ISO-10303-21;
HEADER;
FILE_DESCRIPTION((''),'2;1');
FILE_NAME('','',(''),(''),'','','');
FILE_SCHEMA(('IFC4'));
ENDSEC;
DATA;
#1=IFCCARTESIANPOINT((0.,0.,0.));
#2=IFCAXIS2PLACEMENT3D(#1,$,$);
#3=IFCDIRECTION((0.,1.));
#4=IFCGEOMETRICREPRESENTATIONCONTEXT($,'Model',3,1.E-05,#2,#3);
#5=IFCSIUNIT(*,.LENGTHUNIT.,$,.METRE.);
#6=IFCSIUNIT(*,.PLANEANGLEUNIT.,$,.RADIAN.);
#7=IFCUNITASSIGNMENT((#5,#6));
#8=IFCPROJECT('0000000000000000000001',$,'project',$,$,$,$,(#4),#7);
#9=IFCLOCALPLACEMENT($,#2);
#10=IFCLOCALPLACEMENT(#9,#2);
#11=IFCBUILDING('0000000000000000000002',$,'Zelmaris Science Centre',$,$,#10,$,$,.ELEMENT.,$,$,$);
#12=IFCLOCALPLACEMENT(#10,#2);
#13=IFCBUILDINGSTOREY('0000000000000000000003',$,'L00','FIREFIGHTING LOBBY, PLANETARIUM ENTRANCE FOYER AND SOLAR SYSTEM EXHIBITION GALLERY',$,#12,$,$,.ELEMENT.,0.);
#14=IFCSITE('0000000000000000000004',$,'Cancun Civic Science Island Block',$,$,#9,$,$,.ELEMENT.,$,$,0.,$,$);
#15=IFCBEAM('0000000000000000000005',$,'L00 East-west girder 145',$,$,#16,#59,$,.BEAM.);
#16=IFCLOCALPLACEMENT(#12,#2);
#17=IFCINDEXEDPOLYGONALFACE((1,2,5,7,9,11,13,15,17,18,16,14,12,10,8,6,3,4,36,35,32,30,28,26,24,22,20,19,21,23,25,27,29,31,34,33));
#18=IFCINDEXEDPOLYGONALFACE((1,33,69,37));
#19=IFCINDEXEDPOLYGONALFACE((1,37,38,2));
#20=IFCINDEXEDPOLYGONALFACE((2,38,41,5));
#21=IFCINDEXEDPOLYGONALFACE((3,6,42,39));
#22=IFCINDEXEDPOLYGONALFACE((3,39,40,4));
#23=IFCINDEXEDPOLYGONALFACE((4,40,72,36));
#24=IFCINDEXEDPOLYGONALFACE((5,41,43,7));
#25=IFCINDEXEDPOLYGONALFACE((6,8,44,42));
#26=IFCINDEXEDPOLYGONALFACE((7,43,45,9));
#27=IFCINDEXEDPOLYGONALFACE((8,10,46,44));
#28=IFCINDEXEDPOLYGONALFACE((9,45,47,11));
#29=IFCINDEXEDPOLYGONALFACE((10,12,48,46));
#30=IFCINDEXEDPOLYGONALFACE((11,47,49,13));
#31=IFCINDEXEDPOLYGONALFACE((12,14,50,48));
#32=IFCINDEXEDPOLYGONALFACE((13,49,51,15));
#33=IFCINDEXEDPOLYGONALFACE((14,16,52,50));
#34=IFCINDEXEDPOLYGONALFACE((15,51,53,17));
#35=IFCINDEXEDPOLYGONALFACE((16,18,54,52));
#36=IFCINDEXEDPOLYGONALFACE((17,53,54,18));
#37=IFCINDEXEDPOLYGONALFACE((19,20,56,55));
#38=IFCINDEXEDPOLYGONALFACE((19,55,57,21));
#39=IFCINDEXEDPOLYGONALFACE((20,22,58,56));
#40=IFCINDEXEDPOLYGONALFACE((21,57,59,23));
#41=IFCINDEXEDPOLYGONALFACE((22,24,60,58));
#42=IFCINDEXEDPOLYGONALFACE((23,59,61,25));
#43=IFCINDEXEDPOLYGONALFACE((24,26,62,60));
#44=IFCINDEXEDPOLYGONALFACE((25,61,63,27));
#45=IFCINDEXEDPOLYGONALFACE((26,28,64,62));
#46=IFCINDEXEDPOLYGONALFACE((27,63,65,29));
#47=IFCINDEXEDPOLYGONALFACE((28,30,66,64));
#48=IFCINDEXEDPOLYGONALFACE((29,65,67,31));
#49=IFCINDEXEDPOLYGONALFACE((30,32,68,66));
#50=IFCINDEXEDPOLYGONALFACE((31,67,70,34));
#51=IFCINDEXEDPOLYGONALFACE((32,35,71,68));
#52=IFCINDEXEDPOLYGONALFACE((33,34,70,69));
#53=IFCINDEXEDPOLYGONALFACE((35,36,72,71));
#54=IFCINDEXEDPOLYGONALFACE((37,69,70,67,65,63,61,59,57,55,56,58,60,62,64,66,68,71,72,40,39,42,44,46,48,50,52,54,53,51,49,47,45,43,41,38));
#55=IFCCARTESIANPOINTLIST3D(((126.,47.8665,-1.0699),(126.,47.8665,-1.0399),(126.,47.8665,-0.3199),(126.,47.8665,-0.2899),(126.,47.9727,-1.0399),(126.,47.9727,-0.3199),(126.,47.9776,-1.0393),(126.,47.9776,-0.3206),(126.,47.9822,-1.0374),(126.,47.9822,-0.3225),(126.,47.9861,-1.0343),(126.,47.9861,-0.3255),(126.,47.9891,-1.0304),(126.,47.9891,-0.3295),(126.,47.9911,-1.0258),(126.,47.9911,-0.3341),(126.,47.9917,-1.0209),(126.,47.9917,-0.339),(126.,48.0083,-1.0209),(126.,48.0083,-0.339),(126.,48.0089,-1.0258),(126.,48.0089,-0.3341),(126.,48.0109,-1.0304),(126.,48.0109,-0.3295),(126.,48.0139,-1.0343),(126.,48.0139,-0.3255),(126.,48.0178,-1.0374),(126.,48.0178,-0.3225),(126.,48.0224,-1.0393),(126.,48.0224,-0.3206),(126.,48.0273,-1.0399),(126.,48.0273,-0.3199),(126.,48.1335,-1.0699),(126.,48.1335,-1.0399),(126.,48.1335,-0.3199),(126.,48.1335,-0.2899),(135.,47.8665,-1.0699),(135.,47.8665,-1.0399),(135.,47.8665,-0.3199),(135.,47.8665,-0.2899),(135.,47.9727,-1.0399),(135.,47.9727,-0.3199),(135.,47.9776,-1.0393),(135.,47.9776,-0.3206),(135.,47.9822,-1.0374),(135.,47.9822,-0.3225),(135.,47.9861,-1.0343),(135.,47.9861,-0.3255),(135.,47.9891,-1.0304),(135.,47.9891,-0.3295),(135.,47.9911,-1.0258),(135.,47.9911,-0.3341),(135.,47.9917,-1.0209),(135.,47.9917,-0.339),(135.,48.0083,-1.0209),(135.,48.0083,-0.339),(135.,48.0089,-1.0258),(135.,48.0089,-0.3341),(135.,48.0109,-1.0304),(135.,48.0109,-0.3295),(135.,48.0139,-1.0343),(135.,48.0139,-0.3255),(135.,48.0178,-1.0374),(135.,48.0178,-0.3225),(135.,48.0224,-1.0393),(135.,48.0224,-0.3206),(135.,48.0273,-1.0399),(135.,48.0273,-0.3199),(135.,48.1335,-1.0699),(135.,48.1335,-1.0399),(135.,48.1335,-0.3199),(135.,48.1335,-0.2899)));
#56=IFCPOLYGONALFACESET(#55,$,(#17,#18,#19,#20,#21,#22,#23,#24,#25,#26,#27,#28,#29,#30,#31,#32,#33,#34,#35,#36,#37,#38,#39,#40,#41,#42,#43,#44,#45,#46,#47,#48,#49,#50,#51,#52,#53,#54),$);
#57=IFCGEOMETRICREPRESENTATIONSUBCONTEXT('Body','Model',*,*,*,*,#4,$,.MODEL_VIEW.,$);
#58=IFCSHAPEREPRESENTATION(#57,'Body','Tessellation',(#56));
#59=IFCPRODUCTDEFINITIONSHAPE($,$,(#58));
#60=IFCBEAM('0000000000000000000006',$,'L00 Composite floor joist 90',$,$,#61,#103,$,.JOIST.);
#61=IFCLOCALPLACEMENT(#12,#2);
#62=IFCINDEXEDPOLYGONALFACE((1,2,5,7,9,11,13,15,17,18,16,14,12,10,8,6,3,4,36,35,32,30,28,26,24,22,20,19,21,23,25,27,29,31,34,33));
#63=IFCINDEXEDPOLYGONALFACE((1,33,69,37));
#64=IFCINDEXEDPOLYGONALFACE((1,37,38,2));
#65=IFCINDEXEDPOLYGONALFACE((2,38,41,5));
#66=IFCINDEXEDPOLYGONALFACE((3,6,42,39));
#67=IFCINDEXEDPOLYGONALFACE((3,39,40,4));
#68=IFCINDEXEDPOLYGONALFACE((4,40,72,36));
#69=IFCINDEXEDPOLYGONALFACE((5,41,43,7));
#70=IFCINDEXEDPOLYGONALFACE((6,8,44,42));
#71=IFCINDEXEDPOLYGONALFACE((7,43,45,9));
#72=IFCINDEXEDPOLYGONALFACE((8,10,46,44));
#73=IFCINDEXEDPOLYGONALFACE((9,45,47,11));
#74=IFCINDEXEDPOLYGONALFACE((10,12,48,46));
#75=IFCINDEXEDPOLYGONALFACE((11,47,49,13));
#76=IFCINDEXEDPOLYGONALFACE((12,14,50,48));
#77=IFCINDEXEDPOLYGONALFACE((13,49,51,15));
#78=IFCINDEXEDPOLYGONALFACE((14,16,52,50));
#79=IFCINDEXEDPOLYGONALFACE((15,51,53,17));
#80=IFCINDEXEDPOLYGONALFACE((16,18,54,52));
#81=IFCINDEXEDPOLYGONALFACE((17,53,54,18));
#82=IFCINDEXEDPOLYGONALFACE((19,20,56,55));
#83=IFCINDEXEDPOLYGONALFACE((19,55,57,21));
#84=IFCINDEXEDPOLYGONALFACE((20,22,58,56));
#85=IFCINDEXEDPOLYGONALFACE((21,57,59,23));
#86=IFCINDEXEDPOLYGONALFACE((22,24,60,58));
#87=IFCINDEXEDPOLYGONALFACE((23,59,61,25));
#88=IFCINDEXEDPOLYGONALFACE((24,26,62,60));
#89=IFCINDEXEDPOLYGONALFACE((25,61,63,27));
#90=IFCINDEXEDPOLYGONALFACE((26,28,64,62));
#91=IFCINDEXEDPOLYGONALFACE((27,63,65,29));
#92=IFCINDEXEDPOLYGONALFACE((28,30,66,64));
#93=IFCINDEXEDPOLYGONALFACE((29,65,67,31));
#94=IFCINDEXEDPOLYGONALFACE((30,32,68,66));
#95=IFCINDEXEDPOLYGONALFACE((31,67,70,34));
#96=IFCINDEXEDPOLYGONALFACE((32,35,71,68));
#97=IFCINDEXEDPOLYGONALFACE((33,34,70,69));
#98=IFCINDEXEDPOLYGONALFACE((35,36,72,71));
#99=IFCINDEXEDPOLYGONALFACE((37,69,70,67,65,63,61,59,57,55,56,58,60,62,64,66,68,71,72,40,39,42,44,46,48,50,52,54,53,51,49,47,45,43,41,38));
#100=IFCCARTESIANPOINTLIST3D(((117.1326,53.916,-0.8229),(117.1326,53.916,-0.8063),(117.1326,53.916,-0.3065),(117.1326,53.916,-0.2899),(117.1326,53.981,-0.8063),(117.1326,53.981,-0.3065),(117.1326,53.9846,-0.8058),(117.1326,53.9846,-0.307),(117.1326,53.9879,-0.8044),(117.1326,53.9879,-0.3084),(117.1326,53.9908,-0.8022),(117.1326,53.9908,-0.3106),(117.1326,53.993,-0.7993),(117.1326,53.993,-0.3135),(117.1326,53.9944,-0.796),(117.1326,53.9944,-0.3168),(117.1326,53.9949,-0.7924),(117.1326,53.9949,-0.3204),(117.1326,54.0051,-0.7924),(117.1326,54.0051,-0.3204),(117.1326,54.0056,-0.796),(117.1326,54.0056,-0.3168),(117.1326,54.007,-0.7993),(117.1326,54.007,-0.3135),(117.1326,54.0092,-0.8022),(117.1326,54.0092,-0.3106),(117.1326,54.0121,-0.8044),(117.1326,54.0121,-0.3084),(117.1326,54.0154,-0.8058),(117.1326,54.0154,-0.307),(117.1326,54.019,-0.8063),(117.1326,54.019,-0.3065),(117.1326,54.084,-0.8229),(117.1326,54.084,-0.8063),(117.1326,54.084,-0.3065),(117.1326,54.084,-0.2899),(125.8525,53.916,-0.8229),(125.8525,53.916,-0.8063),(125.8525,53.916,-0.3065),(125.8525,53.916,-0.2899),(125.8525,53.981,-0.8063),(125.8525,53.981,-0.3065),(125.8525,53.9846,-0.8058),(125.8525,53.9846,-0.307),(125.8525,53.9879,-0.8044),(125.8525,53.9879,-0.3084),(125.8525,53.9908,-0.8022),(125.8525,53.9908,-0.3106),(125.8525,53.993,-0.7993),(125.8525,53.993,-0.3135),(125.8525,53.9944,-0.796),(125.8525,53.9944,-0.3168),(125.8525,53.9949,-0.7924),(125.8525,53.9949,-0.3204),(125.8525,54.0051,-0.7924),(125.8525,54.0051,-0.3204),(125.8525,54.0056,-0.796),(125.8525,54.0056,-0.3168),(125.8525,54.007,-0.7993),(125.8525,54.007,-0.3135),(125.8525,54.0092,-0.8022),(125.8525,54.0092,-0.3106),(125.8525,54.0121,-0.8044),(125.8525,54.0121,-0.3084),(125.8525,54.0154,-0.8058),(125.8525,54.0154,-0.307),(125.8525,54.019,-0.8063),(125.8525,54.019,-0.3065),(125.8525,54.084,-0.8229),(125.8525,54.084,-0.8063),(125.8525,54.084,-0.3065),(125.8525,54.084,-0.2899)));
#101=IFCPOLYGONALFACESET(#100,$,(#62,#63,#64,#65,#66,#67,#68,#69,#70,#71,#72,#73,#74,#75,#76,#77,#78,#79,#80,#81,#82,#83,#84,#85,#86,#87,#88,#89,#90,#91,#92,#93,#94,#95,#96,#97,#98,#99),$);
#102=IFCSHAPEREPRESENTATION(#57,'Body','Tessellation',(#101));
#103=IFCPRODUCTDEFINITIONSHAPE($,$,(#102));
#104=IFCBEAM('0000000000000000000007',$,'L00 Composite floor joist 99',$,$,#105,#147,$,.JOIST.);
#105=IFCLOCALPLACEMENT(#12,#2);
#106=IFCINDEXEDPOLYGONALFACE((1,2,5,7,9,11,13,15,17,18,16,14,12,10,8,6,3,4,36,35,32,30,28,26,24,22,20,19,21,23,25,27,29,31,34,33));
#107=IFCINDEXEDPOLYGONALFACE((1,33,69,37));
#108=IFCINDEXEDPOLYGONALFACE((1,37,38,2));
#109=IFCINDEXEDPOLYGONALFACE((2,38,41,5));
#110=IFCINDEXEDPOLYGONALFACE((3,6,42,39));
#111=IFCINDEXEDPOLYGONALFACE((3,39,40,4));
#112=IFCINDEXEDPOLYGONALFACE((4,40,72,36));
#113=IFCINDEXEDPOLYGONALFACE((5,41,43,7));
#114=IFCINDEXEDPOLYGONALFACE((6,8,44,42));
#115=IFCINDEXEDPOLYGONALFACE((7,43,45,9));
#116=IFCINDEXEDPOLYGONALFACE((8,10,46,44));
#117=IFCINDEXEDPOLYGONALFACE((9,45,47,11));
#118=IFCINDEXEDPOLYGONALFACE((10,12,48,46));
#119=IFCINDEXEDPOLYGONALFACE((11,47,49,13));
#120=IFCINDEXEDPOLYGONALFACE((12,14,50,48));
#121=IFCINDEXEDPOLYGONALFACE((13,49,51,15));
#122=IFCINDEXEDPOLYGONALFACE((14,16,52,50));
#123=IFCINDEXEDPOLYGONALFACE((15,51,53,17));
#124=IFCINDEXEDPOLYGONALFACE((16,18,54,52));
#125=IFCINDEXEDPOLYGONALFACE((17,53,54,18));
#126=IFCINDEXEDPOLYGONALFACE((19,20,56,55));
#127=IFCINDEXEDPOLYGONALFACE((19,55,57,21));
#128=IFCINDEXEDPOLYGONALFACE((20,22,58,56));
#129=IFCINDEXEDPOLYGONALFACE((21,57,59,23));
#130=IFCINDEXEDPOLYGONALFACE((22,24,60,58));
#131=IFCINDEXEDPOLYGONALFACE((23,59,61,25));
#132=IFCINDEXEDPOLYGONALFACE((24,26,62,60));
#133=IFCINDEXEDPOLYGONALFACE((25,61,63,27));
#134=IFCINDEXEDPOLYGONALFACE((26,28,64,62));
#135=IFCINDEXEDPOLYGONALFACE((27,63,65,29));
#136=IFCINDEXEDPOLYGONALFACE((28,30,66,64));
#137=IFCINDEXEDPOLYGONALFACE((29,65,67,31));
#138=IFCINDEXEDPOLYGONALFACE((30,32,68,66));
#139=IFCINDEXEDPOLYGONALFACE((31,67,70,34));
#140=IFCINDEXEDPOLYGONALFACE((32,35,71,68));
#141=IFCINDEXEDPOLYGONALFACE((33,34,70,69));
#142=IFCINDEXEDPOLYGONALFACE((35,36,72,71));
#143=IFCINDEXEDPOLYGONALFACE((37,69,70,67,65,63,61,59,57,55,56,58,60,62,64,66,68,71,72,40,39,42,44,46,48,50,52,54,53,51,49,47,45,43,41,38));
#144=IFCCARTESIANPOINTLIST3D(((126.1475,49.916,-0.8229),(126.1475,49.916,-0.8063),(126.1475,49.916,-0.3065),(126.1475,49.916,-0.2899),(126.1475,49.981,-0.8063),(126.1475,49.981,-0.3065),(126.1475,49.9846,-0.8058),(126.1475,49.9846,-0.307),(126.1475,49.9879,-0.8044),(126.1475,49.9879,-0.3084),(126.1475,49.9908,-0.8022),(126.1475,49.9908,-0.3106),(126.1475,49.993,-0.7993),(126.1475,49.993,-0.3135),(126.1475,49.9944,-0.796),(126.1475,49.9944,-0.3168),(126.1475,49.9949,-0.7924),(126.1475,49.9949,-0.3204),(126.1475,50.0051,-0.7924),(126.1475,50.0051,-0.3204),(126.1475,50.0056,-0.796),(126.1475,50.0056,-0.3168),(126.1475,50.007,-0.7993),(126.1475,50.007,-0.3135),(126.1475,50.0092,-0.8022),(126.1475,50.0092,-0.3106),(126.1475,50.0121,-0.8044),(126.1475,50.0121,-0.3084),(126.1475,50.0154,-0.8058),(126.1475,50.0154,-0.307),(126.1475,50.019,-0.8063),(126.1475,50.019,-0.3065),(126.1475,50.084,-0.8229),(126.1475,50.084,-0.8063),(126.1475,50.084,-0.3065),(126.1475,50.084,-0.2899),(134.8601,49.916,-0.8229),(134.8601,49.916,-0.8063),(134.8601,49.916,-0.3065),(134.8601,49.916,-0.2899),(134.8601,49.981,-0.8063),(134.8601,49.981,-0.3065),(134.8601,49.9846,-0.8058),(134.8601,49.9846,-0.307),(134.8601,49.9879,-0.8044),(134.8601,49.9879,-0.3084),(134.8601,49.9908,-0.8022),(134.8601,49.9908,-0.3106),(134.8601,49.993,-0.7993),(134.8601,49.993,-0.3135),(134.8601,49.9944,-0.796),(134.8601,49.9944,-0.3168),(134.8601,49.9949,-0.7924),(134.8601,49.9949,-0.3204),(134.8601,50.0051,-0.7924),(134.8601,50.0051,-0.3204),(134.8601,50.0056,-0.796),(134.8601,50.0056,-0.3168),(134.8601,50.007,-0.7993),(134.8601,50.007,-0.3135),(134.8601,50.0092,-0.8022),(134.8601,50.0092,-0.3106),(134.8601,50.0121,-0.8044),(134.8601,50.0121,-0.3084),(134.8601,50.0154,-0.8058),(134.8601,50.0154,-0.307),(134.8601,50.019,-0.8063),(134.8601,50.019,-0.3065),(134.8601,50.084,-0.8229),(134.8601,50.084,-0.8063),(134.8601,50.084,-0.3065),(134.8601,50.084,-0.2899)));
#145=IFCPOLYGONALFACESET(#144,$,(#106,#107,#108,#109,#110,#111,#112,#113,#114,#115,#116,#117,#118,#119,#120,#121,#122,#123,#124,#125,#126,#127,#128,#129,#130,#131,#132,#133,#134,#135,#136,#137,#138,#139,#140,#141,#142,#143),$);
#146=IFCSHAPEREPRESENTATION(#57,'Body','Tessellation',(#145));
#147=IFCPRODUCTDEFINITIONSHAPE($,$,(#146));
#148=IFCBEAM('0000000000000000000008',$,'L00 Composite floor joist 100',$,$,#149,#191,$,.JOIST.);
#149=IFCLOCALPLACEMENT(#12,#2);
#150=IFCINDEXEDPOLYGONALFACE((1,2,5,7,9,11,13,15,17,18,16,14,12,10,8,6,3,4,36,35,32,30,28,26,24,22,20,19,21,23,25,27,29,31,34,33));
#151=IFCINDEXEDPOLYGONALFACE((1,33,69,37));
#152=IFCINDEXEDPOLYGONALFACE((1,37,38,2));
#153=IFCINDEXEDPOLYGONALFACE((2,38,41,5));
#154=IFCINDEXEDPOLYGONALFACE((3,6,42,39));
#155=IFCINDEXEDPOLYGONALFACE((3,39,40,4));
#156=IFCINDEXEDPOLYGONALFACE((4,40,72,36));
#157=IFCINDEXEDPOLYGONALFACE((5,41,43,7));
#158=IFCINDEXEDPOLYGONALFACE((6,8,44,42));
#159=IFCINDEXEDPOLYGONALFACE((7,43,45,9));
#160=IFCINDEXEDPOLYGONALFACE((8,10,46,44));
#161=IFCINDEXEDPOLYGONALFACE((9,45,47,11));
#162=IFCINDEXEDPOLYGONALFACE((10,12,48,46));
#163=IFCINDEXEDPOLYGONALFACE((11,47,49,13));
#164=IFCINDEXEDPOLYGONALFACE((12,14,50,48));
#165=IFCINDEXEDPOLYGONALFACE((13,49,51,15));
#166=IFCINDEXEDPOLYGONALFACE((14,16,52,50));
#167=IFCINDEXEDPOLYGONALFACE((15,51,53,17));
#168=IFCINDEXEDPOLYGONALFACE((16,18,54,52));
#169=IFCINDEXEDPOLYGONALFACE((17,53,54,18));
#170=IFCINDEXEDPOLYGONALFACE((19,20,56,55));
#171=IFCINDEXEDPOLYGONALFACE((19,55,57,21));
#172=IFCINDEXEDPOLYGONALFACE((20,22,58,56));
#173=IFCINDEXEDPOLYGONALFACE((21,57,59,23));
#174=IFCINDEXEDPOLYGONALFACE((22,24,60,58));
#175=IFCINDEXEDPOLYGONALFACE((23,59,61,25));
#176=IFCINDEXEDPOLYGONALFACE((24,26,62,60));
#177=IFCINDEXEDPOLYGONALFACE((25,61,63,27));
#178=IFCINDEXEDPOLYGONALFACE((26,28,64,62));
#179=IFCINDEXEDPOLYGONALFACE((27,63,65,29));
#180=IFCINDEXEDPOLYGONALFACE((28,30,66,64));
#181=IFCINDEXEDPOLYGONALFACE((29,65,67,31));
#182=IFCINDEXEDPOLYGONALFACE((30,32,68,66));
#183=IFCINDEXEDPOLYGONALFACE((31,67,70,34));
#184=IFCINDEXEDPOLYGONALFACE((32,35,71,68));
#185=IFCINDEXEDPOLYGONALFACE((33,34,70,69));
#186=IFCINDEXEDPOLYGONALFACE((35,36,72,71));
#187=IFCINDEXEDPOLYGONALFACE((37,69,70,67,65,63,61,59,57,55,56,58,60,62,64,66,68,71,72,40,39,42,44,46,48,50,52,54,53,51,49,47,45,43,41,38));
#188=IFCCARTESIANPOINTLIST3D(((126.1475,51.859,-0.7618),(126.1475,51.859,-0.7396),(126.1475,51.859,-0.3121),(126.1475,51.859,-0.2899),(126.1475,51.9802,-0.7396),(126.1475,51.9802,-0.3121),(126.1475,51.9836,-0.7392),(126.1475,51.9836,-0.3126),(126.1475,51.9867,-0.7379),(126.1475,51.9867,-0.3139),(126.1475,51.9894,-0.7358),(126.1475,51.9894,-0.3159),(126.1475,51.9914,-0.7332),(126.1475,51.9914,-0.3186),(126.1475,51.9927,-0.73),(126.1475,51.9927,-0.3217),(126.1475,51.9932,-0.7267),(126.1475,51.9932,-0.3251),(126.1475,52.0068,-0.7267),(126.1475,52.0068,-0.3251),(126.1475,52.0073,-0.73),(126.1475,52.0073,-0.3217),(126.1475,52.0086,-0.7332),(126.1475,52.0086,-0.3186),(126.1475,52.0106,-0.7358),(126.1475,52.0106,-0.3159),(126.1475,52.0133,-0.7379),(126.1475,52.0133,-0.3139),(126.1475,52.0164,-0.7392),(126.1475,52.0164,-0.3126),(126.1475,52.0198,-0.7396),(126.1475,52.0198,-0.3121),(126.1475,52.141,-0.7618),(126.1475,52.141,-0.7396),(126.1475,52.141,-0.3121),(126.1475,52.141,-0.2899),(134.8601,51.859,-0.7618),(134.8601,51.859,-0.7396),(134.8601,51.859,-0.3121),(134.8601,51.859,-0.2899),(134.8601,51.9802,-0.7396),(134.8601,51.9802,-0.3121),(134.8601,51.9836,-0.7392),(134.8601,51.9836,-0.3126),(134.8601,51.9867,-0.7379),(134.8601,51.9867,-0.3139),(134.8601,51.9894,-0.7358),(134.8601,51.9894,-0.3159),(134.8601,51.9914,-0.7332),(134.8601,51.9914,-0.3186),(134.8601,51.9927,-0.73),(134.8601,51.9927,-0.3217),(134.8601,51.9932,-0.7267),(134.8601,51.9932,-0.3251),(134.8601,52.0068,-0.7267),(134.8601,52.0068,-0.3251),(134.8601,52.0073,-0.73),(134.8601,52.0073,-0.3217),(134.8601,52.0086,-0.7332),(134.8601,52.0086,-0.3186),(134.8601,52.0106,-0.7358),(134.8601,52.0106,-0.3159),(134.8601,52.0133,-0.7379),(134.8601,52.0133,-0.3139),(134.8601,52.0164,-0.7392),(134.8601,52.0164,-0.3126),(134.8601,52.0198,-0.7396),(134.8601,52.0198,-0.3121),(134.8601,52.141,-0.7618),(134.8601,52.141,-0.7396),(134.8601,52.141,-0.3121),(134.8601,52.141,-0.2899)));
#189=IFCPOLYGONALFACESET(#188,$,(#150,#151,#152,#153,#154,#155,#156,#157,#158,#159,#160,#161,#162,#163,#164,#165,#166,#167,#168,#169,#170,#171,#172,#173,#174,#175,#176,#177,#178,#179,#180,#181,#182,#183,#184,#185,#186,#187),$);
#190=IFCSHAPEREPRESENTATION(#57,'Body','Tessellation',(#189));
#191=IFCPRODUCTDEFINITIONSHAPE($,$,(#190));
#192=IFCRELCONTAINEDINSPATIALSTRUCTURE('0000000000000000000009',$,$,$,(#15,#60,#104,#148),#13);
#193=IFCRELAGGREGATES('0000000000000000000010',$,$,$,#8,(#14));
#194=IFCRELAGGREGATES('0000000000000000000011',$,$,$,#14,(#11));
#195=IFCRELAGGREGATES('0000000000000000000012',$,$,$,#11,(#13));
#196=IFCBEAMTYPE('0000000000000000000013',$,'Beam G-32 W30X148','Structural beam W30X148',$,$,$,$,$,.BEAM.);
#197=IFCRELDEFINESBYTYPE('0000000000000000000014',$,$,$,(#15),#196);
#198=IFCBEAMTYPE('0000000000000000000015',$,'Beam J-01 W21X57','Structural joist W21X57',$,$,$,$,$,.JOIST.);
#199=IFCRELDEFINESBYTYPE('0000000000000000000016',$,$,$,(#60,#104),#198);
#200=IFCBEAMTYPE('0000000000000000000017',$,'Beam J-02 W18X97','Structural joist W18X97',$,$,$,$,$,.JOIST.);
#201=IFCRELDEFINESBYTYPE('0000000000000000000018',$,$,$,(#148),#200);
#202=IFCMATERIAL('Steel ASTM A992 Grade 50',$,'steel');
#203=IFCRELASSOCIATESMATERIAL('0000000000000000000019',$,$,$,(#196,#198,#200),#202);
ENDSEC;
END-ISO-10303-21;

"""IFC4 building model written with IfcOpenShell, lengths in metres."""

from ifc_helpers import new_model, si_unit, direction, frame, origin, origin_2d, place, context, subcontext, project, spatial, i_section, extrude, material, material_profile, profile_set, type_object, element, save


model = new_model("IFC4")

# Units and contexts
model_context = context("Model", 3, precision=1e-05, world=origin(), true_north=direction((0.0, 1.0)))
body_context = subcontext(model_context, "Body", "Model", "MODEL_VIEW")
ifc_project = project(units=[si_unit("LENGTHUNIT", "METRE"), si_unit("PLANEANGLEUNIT", "RADIAN")], contexts=[model_context])

# Site, building, storey
site_placement = place(None, origin())
site = spatial("IfcSite", under=ifc_project, at=site_placement, Name="Cancun Civic Science Island Block", CompositionType="ELEMENT", RefElevation=0.0)
building_placement = place(site_placement, origin())
building = spatial("IfcBuilding", under=site, at=building_placement, Name="Zelmaris Science Centre", CompositionType="ELEMENT")
storey_placement = place(building_placement, origin())
storey = spatial("IfcBuildingStorey", under=building, at=storey_placement, Name="L00", Description="FIREFIGHTING LOBBY, PLANETARIUM ENTRANCE FOYER AND SOLAR SYSTEM EXHIBITION GALLERY", CompositionType="ELEMENT", Elevation=0.0)

# Shared definitions
ifc_material_1 = material(Name="Steel ASTM A992 Grade 50", Category="steel")

# Beams
ifc_material_profile_1 = material_profile(ifc_material_1, i_section(OverallWidth=0.2671, OverallDepth=0.78, WebThickness=0.0166, FlangeThickness=0.03, FilletRadius=0.019, at=origin_2d()), Name="W30X148")
ifc_profile_set_1 = profile_set([ifc_material_profile_1], Name="Steel ASTM A992 Grade 50")
beam_type_1 = type_object("IfcBeamType", Name="Beam G-32 W30X148", Description="Structural beam W30X148", PredefinedType="BEAM", material=ifc_profile_set_1)
beam_1_placement = place(storey_placement, frame((126.0, 48.0, -0.6799), z_axis=(1.0, 0.0, 0.0), x_axis=(0.0, 1.0, 0.0)))
element("IfcBeam", 1, at=beam_1_placement, inside=storey, type_object=beam_type_1, Name="L00 East-west girder 145", PredefinedType="BEAM", context=body_context, shape_type="SweptSolid", body=[
    extrude(i_section(OverallWidth=0.2671, OverallDepth=0.78, WebThickness=0.0166, FlangeThickness=0.03, FilletRadius=0.019, at=origin_2d()), origin(), (0.0, 0.0, 1.0), 9.0),
])
ifc_material_profile_2 = material_profile(ifc_material_1, i_section(OverallWidth=0.168, OverallDepth=0.533, WebThickness=0.0103, FlangeThickness=0.0166, FilletRadius=0.0139, at=origin_2d()), Name="W21X57")
ifc_profile_set_2 = profile_set([ifc_material_profile_2], Name="Steel ASTM A992 Grade 50")
beam_type_2 = type_object("IfcBeamType", Name="Beam J-01 W21X57", Description="Structural joist W21X57", PredefinedType="JOIST", material=ifc_profile_set_2)
beam_2_placement = place(storey_placement, frame((117.1326, 54.0, -0.5564), z_axis=(1.0, 0.0, 0.0), x_axis=(0.0, 1.0, 0.0)))
element("IfcBeam", 2, at=beam_2_placement, inside=storey, type_object=beam_type_2, Name="L00 Composite floor joist 90", PredefinedType="JOIST", context=body_context, shape_type="SweptSolid", body=[
    extrude(i_section(OverallWidth=0.168, OverallDepth=0.533, WebThickness=0.0103, FlangeThickness=0.0166, FilletRadius=0.0139, at=origin_2d()), origin(), (0.0, 0.0, 1.0), 8.72),
])
beam_3_placement = place(storey_placement, frame((126.1475, 50.0, -0.5564), z_axis=(1.0, 0.0, 0.0), x_axis=(0.0, 1.0, 0.0)))
element("IfcBeam", 3, at=beam_3_placement, inside=storey, type_object=beam_type_2, Name="L00 Composite floor joist 99", PredefinedType="JOIST", context=body_context, shape_type="SweptSolid", body=[
    extrude(i_section(OverallWidth=0.168, OverallDepth=0.533, WebThickness=0.0103, FlangeThickness=0.0166, FilletRadius=0.0139, at=origin_2d()), origin(), (0.0, 0.0, 1.0), 8.7126),
])
ifc_material_profile_3 = material_profile(ifc_material_1, i_section(OverallWidth=0.282, OverallDepth=0.4719, WebThickness=0.0137, FlangeThickness=0.0222, FilletRadius=0.0129, at=origin_2d()), Name="W18X97")
ifc_profile_set_3 = profile_set([ifc_material_profile_3], Name="Steel ASTM A992 Grade 50")
beam_type_3 = type_object("IfcBeamType", Name="Beam J-02 W18X97", Description="Structural joist W18X97", PredefinedType="JOIST", material=ifc_profile_set_3)
beam_4_placement = place(storey_placement, frame((126.1475, 52.0, -0.5259), z_axis=(1.0, 0.0, 0.0), x_axis=(0.0, 1.0, 0.0)))
element("IfcBeam", 4, at=beam_4_placement, inside=storey, type_object=beam_type_3, Name="L00 Composite floor joist 100", PredefinedType="JOIST", context=body_context, shape_type="SweptSolid", body=[
    extrude(i_section(OverallWidth=0.282, OverallDepth=0.4719, WebThickness=0.0137, FlangeThickness=0.0222, FilletRadius=0.0129, at=origin_2d()), origin(), (0.0, 0.0, 1.0), 8.7126),
])

save(model, "model.ifc")
